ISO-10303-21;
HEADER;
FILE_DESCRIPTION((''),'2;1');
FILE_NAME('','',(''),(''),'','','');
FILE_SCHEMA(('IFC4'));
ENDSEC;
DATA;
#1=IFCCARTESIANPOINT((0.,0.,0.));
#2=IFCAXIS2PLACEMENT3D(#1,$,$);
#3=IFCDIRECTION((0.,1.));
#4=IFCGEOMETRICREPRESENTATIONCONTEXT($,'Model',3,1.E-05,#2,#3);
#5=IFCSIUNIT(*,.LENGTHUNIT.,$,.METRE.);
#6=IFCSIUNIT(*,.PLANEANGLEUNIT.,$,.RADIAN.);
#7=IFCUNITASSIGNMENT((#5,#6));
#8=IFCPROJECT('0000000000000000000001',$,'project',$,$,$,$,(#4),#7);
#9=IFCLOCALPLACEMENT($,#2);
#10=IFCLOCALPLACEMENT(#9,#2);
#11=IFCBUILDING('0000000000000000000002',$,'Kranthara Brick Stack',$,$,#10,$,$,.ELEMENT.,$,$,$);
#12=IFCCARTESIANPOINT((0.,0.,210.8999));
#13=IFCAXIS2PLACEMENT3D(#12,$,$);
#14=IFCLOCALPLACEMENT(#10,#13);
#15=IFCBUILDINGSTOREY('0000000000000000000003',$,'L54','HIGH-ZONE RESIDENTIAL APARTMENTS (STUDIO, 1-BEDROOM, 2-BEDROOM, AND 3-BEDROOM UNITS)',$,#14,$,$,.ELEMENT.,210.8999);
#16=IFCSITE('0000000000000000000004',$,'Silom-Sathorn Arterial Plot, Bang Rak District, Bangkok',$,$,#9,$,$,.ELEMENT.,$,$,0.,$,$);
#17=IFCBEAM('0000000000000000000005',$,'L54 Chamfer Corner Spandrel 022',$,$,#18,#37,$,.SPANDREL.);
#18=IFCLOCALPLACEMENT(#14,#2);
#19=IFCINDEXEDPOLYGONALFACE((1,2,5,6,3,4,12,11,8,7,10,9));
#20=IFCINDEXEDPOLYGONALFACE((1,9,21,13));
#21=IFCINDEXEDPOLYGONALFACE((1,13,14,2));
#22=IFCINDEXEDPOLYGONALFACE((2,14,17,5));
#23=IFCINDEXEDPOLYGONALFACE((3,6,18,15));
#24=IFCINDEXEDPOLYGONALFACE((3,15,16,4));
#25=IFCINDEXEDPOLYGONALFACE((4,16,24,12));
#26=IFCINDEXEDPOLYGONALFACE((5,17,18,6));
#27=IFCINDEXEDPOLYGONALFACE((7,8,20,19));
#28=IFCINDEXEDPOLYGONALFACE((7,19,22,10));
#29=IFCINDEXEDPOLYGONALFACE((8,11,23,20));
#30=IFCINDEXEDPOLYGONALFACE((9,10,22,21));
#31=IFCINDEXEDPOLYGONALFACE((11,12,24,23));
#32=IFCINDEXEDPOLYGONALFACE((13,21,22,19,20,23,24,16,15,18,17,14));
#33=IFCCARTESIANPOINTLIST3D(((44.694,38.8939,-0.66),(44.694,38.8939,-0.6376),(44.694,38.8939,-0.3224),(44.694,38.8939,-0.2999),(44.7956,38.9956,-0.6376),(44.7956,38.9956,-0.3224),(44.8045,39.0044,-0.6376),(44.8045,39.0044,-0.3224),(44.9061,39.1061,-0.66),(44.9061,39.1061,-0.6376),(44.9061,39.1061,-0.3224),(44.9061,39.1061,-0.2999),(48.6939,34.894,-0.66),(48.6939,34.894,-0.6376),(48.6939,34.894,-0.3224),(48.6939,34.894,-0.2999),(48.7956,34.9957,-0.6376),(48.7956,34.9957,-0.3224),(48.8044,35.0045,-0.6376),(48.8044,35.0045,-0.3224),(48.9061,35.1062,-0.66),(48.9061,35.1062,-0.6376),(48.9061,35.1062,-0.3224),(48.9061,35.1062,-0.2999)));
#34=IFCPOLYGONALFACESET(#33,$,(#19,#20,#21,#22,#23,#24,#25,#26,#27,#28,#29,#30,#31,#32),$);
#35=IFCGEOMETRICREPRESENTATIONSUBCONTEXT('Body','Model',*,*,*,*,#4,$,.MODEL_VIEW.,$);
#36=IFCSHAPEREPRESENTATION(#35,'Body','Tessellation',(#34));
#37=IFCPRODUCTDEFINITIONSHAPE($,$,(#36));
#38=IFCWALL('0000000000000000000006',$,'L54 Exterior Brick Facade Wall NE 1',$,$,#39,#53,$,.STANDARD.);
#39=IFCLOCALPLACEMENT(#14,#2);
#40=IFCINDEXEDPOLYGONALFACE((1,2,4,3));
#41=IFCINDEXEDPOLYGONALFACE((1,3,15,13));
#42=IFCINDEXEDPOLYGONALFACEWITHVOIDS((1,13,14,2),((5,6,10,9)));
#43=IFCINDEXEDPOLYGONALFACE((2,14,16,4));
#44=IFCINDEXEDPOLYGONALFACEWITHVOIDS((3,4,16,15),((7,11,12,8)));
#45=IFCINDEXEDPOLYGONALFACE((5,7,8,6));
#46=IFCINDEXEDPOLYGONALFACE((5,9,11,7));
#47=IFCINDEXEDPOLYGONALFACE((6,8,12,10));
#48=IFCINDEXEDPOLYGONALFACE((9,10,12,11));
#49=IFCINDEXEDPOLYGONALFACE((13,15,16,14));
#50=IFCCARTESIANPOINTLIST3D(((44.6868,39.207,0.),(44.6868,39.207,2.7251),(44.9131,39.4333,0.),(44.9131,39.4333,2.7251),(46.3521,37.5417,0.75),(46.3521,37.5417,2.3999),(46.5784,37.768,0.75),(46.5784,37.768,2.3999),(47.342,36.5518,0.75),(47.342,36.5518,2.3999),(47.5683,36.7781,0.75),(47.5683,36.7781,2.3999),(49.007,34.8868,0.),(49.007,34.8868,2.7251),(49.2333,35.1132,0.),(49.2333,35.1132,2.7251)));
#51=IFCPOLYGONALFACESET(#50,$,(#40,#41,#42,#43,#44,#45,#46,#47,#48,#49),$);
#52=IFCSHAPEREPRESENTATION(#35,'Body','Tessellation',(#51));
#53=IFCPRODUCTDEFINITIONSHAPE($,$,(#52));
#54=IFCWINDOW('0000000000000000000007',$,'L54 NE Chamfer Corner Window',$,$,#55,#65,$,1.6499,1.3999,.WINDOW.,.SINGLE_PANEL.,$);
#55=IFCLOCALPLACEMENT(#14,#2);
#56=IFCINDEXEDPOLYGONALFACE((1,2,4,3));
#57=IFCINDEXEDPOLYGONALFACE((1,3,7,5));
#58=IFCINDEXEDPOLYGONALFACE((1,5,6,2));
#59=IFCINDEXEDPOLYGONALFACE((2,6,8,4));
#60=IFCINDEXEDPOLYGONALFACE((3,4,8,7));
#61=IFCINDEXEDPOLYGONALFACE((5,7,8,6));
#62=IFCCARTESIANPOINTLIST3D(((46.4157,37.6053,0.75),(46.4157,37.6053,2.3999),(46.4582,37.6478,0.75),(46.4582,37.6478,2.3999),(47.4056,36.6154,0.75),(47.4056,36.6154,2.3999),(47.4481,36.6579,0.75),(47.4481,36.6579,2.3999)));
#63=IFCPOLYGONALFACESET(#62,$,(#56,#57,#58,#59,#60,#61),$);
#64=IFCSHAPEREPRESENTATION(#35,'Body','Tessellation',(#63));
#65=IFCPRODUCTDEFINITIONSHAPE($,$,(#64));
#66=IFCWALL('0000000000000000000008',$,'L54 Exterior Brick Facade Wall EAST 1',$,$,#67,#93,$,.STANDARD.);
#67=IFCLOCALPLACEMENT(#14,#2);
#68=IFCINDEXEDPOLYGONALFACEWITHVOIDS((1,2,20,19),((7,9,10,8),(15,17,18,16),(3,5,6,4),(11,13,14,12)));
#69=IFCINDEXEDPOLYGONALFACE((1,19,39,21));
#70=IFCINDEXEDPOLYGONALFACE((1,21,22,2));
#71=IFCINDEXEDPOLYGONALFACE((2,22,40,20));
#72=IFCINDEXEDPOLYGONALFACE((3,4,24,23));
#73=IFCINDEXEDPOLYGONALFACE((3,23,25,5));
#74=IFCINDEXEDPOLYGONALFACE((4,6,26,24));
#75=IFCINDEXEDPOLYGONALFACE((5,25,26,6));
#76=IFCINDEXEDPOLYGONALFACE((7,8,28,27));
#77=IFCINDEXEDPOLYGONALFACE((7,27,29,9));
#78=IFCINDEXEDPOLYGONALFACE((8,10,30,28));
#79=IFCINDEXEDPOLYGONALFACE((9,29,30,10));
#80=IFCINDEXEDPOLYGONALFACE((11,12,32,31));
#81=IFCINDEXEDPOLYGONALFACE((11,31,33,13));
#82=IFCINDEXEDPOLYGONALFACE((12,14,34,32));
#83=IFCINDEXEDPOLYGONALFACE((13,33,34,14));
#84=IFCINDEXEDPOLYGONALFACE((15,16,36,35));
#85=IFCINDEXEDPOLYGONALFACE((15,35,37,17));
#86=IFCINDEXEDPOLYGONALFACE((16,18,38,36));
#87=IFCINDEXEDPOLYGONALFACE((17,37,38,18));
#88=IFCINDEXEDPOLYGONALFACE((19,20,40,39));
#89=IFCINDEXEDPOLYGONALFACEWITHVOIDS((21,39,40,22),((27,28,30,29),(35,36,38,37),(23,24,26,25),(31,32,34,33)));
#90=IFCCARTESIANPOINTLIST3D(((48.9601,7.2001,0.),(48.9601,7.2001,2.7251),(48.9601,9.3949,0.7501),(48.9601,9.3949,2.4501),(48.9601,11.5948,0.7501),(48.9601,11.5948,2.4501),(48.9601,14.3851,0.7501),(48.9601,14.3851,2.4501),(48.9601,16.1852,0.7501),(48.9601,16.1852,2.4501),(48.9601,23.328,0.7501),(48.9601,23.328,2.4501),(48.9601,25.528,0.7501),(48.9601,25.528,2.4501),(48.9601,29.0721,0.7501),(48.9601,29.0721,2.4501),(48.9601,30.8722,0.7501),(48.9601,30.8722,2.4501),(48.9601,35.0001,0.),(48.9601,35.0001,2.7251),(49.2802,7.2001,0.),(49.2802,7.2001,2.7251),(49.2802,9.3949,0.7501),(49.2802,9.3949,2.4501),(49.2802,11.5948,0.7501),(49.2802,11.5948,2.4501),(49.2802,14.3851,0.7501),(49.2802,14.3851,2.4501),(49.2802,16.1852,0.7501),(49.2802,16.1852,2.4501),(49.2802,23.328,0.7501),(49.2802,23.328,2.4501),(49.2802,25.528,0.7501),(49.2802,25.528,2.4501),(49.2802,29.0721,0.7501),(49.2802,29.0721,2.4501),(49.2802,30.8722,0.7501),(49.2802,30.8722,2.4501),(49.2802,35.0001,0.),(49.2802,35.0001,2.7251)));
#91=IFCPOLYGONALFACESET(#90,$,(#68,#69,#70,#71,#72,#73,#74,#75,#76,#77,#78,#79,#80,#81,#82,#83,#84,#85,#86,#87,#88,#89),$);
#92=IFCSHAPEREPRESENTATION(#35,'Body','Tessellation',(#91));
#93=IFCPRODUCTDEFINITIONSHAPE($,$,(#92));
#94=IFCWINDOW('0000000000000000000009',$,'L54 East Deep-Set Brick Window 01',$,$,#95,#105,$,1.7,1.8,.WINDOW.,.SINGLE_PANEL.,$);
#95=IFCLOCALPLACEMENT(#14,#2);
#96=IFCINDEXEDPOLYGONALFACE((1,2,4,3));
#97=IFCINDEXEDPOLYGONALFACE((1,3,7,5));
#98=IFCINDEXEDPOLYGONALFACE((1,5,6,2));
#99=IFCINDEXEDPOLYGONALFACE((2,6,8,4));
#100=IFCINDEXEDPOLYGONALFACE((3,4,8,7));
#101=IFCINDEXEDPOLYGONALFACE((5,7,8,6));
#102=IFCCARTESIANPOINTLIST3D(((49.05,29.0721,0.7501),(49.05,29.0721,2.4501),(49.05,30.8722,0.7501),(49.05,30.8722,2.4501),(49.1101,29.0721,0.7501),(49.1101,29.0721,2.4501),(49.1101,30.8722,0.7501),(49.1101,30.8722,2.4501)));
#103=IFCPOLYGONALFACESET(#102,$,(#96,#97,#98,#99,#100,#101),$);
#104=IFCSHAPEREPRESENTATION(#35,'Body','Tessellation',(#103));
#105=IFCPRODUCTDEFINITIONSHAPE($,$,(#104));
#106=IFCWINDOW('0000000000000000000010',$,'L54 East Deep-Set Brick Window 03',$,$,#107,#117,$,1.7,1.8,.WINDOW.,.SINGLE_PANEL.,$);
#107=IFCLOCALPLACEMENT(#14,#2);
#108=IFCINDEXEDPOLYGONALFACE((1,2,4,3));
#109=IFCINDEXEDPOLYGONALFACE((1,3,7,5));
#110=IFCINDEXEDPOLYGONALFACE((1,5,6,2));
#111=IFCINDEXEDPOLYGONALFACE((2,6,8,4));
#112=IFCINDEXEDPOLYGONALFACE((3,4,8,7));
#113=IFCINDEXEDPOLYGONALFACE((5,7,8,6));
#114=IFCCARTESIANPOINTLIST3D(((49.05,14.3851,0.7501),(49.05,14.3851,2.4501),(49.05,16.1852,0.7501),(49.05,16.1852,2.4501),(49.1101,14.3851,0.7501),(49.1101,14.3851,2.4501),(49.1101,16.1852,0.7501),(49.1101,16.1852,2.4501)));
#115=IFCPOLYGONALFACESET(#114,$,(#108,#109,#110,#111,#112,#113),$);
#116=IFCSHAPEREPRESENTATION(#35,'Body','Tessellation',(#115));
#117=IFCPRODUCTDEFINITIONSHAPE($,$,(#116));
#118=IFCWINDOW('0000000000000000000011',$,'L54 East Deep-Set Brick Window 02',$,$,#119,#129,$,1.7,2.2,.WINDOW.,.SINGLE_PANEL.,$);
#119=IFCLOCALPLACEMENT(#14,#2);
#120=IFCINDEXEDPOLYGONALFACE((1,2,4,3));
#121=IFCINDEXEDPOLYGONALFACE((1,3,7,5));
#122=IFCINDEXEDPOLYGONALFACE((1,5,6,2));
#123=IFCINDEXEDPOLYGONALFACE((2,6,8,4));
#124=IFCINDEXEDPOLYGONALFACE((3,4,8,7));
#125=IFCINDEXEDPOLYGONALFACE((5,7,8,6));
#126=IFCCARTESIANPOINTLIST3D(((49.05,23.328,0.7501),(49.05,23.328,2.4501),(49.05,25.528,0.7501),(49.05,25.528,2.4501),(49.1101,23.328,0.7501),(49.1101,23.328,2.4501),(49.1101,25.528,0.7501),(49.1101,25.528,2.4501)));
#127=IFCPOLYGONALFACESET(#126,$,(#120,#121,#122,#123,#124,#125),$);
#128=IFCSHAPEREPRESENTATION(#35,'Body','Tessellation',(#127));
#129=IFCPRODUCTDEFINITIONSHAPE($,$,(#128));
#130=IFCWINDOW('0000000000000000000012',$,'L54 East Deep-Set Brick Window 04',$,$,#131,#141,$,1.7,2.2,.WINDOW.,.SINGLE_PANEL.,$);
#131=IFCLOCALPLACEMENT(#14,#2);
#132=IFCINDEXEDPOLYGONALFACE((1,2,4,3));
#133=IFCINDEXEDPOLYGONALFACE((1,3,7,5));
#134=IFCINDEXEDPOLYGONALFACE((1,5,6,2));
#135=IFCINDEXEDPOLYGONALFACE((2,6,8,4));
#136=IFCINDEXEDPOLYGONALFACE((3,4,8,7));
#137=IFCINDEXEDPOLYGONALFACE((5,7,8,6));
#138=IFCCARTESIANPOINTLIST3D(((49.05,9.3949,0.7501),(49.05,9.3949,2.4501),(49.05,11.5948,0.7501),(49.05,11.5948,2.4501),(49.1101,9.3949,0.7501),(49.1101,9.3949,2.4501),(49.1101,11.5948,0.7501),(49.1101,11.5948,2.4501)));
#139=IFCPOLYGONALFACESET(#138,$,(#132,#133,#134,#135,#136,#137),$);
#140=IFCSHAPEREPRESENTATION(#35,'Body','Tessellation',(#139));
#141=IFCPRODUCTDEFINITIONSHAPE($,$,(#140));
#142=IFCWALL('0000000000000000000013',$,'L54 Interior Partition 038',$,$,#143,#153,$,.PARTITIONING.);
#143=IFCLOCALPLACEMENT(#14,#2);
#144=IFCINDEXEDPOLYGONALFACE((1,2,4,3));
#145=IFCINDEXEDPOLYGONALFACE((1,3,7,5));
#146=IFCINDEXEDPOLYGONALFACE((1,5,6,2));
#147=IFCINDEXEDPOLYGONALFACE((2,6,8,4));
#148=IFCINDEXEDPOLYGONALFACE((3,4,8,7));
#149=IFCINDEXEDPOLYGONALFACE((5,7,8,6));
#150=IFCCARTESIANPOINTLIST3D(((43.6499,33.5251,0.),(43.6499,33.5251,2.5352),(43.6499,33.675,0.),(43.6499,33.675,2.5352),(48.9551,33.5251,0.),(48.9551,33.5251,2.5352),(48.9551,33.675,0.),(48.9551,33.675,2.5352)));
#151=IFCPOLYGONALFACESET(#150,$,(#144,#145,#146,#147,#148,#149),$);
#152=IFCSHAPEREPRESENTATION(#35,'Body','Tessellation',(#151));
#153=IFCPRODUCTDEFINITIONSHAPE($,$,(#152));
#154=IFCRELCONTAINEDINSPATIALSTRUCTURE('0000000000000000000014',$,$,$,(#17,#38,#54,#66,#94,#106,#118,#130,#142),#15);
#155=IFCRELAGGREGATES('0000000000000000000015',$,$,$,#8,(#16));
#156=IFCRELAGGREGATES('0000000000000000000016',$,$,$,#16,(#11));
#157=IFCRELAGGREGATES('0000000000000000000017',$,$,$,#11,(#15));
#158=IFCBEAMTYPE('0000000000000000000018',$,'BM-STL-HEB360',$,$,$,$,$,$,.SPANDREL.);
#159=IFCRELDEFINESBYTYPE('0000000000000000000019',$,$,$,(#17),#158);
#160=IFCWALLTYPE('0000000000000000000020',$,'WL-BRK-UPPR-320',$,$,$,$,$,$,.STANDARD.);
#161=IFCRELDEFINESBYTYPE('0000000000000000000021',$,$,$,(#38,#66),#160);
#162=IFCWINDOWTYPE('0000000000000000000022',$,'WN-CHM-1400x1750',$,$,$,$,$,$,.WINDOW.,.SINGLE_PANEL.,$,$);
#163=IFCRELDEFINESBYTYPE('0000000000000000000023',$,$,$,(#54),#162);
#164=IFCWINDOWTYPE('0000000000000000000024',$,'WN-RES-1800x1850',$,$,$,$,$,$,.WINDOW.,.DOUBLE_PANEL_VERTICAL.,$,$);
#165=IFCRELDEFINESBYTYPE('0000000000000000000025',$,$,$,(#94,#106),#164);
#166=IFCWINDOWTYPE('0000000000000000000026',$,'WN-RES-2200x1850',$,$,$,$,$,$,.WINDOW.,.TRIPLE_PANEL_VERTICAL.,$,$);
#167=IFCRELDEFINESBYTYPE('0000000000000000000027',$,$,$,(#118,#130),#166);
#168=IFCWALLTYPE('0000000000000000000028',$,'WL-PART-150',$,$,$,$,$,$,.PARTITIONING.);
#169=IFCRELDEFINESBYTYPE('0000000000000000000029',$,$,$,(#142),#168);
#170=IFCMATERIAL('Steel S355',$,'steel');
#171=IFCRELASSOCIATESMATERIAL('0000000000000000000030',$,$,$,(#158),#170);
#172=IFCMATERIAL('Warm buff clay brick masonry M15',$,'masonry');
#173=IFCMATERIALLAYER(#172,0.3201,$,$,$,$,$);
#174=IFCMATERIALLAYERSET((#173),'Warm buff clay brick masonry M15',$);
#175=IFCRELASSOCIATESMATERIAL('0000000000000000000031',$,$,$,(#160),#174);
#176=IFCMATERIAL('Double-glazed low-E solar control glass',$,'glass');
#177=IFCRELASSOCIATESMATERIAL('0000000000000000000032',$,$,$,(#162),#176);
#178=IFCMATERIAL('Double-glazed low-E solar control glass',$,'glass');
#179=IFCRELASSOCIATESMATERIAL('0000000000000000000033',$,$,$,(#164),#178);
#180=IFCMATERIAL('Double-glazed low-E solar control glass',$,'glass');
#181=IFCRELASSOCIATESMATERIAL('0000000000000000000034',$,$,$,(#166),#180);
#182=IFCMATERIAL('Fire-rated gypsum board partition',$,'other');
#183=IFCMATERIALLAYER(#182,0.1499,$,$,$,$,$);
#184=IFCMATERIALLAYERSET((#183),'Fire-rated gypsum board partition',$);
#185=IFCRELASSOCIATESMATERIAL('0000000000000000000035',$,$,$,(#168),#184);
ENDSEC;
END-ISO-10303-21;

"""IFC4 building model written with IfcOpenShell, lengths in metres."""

from ifc_helpers import new_model, si_unit, direction, frame, frame_2d, origin, origin_2d, place, context, subcontext, project, spatial, rectangle, i_section, extrude, material, layer, layer_set, material_profile, profile_set, type_object, element, fill, save


model = new_model("IFC4")

# Units and contexts
model_context = context("Model", 3, precision=1e-05, world=origin(), true_north=direction((0.0, 1.0)))
body_context = subcontext(model_context, "Body", "Model", "MODEL_VIEW")
ifc_project = project(units=[si_unit("LENGTHUNIT", "METRE"), si_unit("PLANEANGLEUNIT", "RADIAN")], contexts=[model_context])

# Site, building, storey
site_placement = place(None, origin())
site = spatial("IfcSite", under=ifc_project, at=site_placement, Name="Silom-Sathorn Arterial Plot, Bang Rak District, Bangkok", CompositionType="ELEMENT", RefElevation=0.0)
building_placement = place(site_placement, origin())
building = spatial("IfcBuilding", under=site, at=building_placement, Name="Kranthara Brick Stack", CompositionType="ELEMENT")
storey_placement = place(building_placement, frame((0.0, 0.0, 210.8999)))
storey = spatial("IfcBuildingStorey", under=building, at=storey_placement, Name="L54", Description="HIGH-ZONE RESIDENTIAL APARTMENTS (STUDIO, 1-BEDROOM, 2-BEDROOM, AND 3-BEDROOM UNITS)", CompositionType="ELEMENT", Elevation=210.8999)

# Beam
ifc_material_1 = material(Name="Steel S355", Category="steel")
ifc_material_profile_1 = material_profile(ifc_material_1, i_section(OverallWidth=0.3, OverallDepth=0.3601, WebThickness=0.0125, FlangeThickness=0.0225, at=origin_2d()), Name="HEB 360")
ifc_profile_set_1 = profile_set([ifc_material_profile_1], Name="Steel S355")
beam_type_1 = type_object("IfcBeamType", Name="BM-STL-HEB360", PredefinedType="SPANDREL", material=ifc_profile_set_1)
beam_1_placement = place(storey_placement, frame((44.8, 39.0, -0.48), z_axis=(0.707107, -0.707107, 0.0), x_axis=(0.707107, 0.707107, 0.0)))
element("IfcBeam", 1, at=beam_1_placement, inside=storey, type_object=beam_type_1, Name="L54 Chamfer Corner Spandrel 022", PredefinedType="SPANDREL", context=body_context, shape_type="SweptSolid", body=[
    extrude(i_section(OverallWidth=0.3, OverallDepth=0.3601, WebThickness=0.0125, FlangeThickness=0.0225, at=origin_2d()), origin(), (0.0, 0.0, 1.0), 5.6567),
])

# Wall, opening, window
ifc_material_2 = material(Name="Warm buff clay brick masonry M15", Category="masonry")
ifc_layer_1 = layer(ifc_material_2, 0.3201)
ifc_layer_set_1 = layer_set([ifc_layer_1], Name="Warm buff clay brick masonry M15")
wall_type_1 = type_object("IfcWallType", Name="WL-BRK-UPPR-320", PredefinedType="STANDARD", material=ifc_layer_set_1)
wall_1_placement = place(storey_placement, frame((44.8, 39.3201, 0.0), z_axis=(0.0, 0.0, 1.0), x_axis=(0.707107, -0.707107, 0.0)))
wall_1 = element("IfcWall", 2, at=wall_1_placement, inside=storey, type_object=wall_type_1, Name="L54 Exterior Brick Facade Wall NE 1", PredefinedType="STANDARD", context=body_context, shape_type="SweptSolid", body=[
    extrude(rectangle(XDim=6.1096, YDim=0.3201, at=frame_2d((3.0547, 0.0))), origin(), (0.0, 0.0, 1.0), 2.7251),
])
opening_1_placement = place(wall_1_placement, frame((2.355, 0.0, 0.75)))
opening_1 = element("IfcOpeningElement", 3, at=opening_1_placement, cuts=wall_1, PredefinedType="OPENING", context=body_context, shape_type="SweptSolid", body=[
    extrude(rectangle(XDim=1.3999, YDim=1.6499, at=frame_2d((0.7, 0.825))), frame((0.0, 0.1699, 0.0), z_axis=(0.0, -1.0, 0.0), x_axis=(1.0, 0.0, 0.0)), (0.0, 0.0, 1.0), 0.3401),
])
ifc_material_3 = material(Name="Double-glazed low-E solar control glass", Category="glass")
window_type_1 = type_object("IfcWindowType", Name="WN-CHM-1400x1750", PartitioningType="SINGLE_PANEL", PredefinedType="WINDOW", material=ifc_material_3)
window_1_placement = place(opening_1_placement, origin())
window_1 = element("IfcWindow", 4, at=window_1_placement, inside=storey, type_object=window_type_1, Name="L54 NE Chamfer Corner Window", OverallHeight=1.6499, OverallWidth=1.3999, PartitioningType="SINGLE_PANEL", PredefinedType="WINDOW", context=body_context, shape_type="SweptSolid", body=[
    extrude(rectangle(XDim=1.3999, YDim=1.6499, at=frame_2d((0.7, 0.825))), frame((0.0, -0.01, 0.0), z_axis=(0.0, -1.0, 0.0), x_axis=(1.0, 0.0, 0.0)), (0.0, 0.0, 1.0), 0.0601),
])
fill(opening_1, window_1)

# Wall, openings, windows
wall_2_placement = place(storey_placement, frame((49.1201, 35.0, 0.0), z_axis=(0.0, 0.0, 1.0), x_axis=(0.0, -1.0, 0.0)))
wall_2 = element("IfcWall", 5, at=wall_2_placement, inside=storey, type_object=wall_type_1, Name="L54 Exterior Brick Facade Wall EAST 1", PredefinedType="STANDARD", context=body_context, shape_type="SweptSolid", body=[
    extrude(rectangle(XDim=27.8, YDim=0.3201, at=frame_2d((13.8999, 0.0))), origin(), (0.0, 0.0, 1.0), 2.7251),
])
opening_2_placement = place(wall_2_placement, frame((4.1279, 0.0, 0.75)))
opening_2 = element("IfcOpeningElement", 6, at=opening_2_placement, cuts=wall_2, PredefinedType="OPENING", context=body_context, shape_type="SweptSolid", body=[
    extrude(rectangle(XDim=1.8, YDim=1.7, at=frame_2d((0.8999, 0.8501))), frame((0.0, 0.1699, 0.0), z_axis=(0.0, -1.0, 0.0), x_axis=(1.0, 0.0, 0.0)), (0.0, 0.0, 1.0), 0.3401),
])
opening_3_placement = place(wall_2_placement, frame((9.4719, 0.0, 0.75)))
opening_3 = element("IfcOpeningElement", 7, at=opening_3_placement, cuts=wall_2, PredefinedType="OPENING", context=body_context, shape_type="SweptSolid", body=[
    extrude(rectangle(XDim=2.2, YDim=1.7, at=frame_2d((1.1001, 0.8501))), frame((0.0, 0.1699, 0.0), z_axis=(0.0, -1.0, 0.0), x_axis=(1.0, 0.0, 0.0)), (0.0, 0.0, 1.0), 0.3401),
])
opening_4_placement = place(wall_2_placement, frame((18.8149, 0.0, 0.75)))
opening_4 = element("IfcOpeningElement", 8, at=opening_4_placement, cuts=wall_2, PredefinedType="OPENING", context=body_context, shape_type="SweptSolid", body=[
    extrude(rectangle(XDim=1.8, YDim=1.7, at=frame_2d((0.8999, 0.8501))), frame((0.0, 0.1699, 0.0), z_axis=(0.0, -1.0, 0.0), x_axis=(1.0, 0.0, 0.0)), (0.0, 0.0, 1.0), 0.3401),
])
opening_5_placement = place(wall_2_placement, frame((23.405, 0.0, 0.75)))
opening_5 = element("IfcOpeningElement", 9, at=opening_5_placement, cuts=wall_2, PredefinedType="OPENING", context=body_context, shape_type="SweptSolid", body=[
    extrude(rectangle(XDim=2.2, YDim=1.7, at=frame_2d((1.1001, 0.8501))), frame((0.0, 0.1699, 0.0), z_axis=(0.0, -1.0, 0.0), x_axis=(1.0, 0.0, 0.0)), (0.0, 0.0, 1.0), 0.3401),
])
ifc_material_4 = material(Name="Double-glazed low-E solar control glass", Category="glass")
window_type_2 = type_object("IfcWindowType", Name="WN-RES-1800x1850", PartitioningType="DOUBLE_PANEL_VERTICAL", PredefinedType="WINDOW", material=ifc_material_4)
window_2_placement = place(opening_2_placement, origin())
window_2 = element("IfcWindow", 10, at=window_2_placement, inside=storey, type_object=window_type_2, Name="L54 East Deep-Set Brick Window 01", OverallHeight=1.7, OverallWidth=1.8, PartitioningType="SINGLE_PANEL", PredefinedType="WINDOW", context=body_context, shape_type="SweptSolid", body=[
    extrude(rectangle(XDim=1.8, YDim=1.7, at=frame_2d((0.8999, 0.8501))), frame((0.0, -0.01, 0.0), z_axis=(0.0, -1.0, 0.0), x_axis=(1.0, 0.0, 0.0)), (0.0, 0.0, 1.0), 0.0601),
])
fill(opening_2, window_2)
window_3_placement = place(opening_4_placement, origin())
window_3 = element("IfcWindow", 11, at=window_3_placement, inside=storey, type_object=window_type_2, Name="L54 East Deep-Set Brick Window 03", OverallHeight=1.7, OverallWidth=1.8, PartitioningType="SINGLE_PANEL", PredefinedType="WINDOW", context=body_context, shape_type="SweptSolid", body=[
    extrude(rectangle(XDim=1.8, YDim=1.7, at=frame_2d((0.8999, 0.8501))), frame((0.0, -0.01, 0.0), z_axis=(0.0, -1.0, 0.0), x_axis=(1.0, 0.0, 0.0)), (0.0, 0.0, 1.0), 0.0601),
])
fill(opening_4, window_3)
ifc_material_5 = material(Name="Double-glazed low-E solar control glass", Category="glass")
window_type_3 = type_object("IfcWindowType", Name="WN-RES-2200x1850", PartitioningType="TRIPLE_PANEL_VERTICAL", PredefinedType="WINDOW", material=ifc_material_5)
window_4_placement = place(opening_3_placement, origin())
window_4 = element("IfcWindow", 12, at=window_4_placement, inside=storey, type_object=window_type_3, Name="L54 East Deep-Set Brick Window 02", OverallHeight=1.7, OverallWidth=2.2, PartitioningType="SINGLE_PANEL", PredefinedType="WINDOW", context=body_context, shape_type="SweptSolid", body=[
    extrude(rectangle(XDim=2.2, YDim=1.7, at=frame_2d((1.1001, 0.8501))), frame((0.0, -0.01, 0.0), z_axis=(0.0, -1.0, 0.0), x_axis=(1.0, 0.0, 0.0)), (0.0, 0.0, 1.0), 0.0601),
])
fill(opening_3, window_4)
window_5_placement = place(opening_5_placement, origin())
window_5 = element("IfcWindow", 13, at=window_5_placement, inside=storey, type_object=window_type_3, Name="L54 East Deep-Set Brick Window 04", OverallHeight=1.7, OverallWidth=2.2, PartitioningType="SINGLE_PANEL", PredefinedType="WINDOW", context=body_context, shape_type="SweptSolid", body=[
    extrude(rectangle(XDim=2.2, YDim=1.7, at=frame_2d((1.1001, 0.8501))), frame((0.0, -0.01, 0.0), z_axis=(0.0, -1.0, 0.0), x_axis=(1.0, 0.0, 0.0)), (0.0, 0.0, 1.0), 0.0601),
])
fill(opening_5, window_5)

# Wall
ifc_material_6 = material(Name="Fire-rated gypsum board partition", Category="other")
ifc_layer_2 = layer(ifc_material_6, 0.1499)
ifc_layer_set_2 = layer_set([ifc_layer_2], Name="Fire-rated gypsum board partition")
wall_type_2 = type_object("IfcWallType", Name="WL-PART-150", PredefinedType="PARTITIONING", material=ifc_layer_set_2)
wall_3_placement = place(storey_placement, frame((43.6499, 33.6001, 0.0), z_axis=(0.0, 0.0, 1.0), x_axis=(1.0, 0.0, 0.0)))
element("IfcWall", 14, at=wall_3_placement, inside=storey, type_object=wall_type_2, Name="L54 Interior Partition 038", PredefinedType="PARTITIONING", context=body_context, shape_type="SweptSolid", body=[
    extrude(rectangle(XDim=5.3052, YDim=0.1499, at=frame_2d((2.6526, 0.0))), origin(), (0.0, 0.0, 1.0), 2.5352),
])

save(model, "model.ifc")
